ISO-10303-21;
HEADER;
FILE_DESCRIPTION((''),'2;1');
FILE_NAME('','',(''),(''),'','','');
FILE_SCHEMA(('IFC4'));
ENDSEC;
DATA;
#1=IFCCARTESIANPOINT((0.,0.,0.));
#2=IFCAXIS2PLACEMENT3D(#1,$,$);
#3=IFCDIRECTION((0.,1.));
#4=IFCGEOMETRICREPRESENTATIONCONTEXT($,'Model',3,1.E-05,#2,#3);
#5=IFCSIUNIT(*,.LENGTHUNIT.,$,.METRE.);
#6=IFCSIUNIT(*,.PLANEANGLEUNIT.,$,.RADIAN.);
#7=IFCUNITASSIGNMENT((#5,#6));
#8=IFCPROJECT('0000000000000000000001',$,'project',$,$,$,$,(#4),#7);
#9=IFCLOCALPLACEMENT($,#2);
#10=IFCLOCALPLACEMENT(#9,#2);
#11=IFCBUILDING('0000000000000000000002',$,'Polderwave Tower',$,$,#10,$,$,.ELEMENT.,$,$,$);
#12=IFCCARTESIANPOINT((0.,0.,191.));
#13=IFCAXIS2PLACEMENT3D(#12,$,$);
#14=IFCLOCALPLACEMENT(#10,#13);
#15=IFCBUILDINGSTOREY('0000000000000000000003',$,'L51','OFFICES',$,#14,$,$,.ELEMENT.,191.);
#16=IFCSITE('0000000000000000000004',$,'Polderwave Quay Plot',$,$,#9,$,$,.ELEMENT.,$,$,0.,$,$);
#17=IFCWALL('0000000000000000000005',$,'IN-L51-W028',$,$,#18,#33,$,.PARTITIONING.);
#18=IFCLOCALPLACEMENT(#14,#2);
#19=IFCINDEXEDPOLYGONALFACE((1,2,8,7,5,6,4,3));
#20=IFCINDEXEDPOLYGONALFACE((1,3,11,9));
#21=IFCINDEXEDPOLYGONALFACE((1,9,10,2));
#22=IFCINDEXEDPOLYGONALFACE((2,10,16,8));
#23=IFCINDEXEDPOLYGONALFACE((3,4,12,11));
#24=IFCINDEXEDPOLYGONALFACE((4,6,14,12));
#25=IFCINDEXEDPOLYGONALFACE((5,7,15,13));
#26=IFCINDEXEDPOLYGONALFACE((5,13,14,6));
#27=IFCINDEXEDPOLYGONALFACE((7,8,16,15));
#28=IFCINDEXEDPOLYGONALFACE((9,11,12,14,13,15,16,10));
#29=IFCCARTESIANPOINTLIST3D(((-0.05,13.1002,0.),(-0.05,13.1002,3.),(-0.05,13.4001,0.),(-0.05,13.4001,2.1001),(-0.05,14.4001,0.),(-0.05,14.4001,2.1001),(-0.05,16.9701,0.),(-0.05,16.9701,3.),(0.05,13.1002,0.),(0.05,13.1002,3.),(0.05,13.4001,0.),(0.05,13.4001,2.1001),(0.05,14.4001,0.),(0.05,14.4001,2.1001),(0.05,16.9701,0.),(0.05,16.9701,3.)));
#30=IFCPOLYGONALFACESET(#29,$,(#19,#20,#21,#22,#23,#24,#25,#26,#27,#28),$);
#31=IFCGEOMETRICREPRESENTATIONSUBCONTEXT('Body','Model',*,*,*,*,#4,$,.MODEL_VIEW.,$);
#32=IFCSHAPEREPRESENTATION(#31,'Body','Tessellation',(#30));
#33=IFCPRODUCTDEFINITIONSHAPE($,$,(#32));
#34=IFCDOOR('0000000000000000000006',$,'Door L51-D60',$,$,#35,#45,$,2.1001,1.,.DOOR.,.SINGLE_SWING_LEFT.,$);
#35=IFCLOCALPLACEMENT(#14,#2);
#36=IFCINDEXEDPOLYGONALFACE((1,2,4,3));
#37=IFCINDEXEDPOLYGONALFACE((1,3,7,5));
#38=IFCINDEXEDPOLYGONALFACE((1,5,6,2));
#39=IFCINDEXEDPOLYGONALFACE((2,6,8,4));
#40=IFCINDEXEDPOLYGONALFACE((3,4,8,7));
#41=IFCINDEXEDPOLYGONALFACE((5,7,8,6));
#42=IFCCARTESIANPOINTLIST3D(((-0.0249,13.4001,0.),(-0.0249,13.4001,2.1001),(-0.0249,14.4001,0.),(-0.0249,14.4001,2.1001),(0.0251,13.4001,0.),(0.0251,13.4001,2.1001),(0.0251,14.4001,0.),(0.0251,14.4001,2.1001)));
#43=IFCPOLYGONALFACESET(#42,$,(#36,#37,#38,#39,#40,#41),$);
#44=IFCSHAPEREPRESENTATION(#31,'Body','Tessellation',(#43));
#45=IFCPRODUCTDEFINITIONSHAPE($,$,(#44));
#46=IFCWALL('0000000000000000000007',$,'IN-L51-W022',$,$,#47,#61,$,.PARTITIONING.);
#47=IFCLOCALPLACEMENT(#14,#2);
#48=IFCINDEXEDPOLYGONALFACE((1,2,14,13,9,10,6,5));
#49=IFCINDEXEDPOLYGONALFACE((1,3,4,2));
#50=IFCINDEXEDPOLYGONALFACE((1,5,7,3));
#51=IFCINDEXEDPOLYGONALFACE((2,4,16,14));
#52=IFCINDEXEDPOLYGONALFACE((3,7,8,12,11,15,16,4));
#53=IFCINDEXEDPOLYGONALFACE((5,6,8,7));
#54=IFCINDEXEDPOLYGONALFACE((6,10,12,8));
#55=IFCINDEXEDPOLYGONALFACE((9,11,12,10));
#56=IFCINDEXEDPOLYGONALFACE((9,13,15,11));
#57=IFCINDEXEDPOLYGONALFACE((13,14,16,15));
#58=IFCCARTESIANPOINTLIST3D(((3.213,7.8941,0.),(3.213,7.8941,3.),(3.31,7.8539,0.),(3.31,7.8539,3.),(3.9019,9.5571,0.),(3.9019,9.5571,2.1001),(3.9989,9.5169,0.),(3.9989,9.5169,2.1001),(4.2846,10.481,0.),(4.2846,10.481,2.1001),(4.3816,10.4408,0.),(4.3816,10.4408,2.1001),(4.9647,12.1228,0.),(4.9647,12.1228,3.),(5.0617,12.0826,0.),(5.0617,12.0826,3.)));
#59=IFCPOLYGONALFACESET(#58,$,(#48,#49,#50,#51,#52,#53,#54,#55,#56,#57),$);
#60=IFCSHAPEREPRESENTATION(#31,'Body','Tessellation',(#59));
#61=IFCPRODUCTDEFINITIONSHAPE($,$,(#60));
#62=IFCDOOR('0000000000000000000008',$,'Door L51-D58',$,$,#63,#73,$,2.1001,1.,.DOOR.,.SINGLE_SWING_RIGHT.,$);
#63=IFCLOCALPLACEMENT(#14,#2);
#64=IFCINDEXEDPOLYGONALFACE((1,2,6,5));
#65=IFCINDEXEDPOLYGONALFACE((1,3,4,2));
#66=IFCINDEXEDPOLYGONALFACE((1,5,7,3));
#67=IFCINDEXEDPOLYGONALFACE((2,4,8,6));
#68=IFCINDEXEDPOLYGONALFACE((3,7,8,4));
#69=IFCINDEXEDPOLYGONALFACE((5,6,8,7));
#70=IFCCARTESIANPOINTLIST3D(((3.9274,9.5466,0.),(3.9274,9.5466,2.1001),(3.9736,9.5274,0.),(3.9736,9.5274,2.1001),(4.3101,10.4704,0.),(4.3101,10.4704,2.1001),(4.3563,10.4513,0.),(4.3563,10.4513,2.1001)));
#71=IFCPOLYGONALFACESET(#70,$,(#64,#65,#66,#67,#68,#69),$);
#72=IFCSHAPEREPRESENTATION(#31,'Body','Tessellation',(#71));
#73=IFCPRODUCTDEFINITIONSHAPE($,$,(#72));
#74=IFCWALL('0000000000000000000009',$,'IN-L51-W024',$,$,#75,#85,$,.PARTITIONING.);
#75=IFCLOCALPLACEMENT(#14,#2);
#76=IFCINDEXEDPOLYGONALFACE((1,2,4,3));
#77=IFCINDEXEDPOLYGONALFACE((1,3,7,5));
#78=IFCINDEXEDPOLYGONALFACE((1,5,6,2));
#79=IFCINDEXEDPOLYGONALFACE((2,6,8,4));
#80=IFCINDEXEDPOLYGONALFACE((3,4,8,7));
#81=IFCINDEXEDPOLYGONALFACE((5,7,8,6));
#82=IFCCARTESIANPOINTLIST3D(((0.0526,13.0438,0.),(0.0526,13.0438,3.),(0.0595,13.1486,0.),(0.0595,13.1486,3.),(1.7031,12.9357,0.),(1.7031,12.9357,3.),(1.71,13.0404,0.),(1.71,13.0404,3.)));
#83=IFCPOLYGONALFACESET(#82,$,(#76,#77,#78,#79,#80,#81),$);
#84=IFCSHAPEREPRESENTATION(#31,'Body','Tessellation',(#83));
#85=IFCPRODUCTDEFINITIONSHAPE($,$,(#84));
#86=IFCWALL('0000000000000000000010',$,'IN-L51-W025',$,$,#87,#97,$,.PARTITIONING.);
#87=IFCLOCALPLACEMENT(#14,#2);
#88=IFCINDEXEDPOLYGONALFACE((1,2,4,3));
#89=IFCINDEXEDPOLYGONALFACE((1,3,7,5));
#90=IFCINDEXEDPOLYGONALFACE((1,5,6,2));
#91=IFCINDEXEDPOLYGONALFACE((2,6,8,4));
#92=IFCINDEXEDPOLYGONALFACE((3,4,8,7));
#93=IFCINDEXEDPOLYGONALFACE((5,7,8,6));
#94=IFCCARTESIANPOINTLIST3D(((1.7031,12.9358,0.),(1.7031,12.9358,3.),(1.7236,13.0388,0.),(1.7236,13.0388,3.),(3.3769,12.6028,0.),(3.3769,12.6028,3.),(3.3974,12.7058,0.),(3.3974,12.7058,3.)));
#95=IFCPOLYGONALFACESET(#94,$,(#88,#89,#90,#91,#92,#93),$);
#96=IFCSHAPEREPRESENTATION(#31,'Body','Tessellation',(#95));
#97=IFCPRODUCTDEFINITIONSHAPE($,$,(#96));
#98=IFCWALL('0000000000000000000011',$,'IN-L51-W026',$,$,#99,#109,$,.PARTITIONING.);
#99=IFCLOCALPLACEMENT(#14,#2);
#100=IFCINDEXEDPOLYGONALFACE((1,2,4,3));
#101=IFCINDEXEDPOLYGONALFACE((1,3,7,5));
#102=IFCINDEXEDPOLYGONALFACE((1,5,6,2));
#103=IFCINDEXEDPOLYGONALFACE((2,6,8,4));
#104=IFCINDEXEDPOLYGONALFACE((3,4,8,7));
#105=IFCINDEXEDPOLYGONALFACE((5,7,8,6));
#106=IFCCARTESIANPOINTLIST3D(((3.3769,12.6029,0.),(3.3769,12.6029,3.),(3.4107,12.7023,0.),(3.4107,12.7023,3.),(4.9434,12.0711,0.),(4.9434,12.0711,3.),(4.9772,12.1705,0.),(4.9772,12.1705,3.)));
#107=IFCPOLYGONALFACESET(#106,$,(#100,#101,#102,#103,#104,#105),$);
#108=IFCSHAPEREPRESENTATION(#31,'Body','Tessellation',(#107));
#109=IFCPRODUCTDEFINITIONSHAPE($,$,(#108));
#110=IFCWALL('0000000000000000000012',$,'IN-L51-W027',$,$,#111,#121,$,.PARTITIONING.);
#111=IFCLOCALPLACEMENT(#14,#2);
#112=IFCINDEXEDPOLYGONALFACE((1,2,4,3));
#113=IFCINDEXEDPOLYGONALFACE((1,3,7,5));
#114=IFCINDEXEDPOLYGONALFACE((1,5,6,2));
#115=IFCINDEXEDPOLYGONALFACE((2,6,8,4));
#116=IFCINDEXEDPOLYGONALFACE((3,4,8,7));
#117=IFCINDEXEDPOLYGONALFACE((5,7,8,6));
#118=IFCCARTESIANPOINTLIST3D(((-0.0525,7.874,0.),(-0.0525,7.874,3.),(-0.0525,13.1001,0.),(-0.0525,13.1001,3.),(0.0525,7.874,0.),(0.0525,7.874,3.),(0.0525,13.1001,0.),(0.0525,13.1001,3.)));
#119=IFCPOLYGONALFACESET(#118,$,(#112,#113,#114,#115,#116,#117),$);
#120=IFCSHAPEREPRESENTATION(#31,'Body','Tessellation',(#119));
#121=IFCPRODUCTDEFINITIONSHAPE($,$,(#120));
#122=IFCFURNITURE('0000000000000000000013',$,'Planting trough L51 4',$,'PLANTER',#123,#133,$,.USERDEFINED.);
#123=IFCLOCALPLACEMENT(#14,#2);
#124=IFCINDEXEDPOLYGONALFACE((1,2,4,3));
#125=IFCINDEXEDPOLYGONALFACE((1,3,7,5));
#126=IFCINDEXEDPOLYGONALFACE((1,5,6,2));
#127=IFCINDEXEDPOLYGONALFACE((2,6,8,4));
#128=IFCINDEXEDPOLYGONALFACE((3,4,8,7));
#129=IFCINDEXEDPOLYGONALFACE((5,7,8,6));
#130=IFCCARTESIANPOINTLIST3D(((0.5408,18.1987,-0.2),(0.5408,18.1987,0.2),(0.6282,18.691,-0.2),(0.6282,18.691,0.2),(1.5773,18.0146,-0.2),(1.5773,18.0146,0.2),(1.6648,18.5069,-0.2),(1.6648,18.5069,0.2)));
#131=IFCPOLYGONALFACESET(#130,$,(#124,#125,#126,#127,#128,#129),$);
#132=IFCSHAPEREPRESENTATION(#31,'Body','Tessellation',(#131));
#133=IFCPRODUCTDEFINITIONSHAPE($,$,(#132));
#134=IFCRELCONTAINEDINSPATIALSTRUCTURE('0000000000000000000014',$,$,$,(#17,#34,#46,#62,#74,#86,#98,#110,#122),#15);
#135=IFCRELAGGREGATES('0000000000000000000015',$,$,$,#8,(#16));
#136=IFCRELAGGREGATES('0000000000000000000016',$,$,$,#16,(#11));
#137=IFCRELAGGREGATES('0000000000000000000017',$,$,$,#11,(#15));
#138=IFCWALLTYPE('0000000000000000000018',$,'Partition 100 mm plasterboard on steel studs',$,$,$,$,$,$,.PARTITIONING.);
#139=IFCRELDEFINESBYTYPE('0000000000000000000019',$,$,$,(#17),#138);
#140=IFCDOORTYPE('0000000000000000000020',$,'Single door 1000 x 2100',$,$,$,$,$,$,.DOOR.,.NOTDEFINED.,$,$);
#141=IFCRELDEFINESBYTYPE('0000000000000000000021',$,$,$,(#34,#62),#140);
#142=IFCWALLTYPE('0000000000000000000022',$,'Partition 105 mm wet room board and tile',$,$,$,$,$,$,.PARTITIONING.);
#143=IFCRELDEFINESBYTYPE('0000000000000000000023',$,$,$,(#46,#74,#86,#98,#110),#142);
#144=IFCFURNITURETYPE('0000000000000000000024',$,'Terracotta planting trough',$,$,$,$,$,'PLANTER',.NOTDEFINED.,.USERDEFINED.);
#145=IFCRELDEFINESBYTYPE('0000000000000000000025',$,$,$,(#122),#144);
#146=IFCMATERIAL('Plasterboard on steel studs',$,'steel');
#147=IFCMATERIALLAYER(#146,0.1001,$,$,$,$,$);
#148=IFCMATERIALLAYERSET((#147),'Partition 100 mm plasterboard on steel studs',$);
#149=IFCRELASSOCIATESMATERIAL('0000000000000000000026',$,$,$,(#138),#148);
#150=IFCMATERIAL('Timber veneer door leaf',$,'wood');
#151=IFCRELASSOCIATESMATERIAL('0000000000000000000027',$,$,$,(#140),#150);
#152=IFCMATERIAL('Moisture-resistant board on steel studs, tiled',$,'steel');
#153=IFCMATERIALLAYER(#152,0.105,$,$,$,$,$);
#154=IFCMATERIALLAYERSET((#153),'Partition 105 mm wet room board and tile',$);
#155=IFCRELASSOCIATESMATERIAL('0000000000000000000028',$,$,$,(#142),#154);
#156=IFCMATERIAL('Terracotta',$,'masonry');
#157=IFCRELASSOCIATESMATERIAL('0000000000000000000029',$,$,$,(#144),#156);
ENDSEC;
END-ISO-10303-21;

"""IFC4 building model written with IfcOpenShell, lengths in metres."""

from ifc_helpers import new_model, si_unit, direction, frame, frame_2d, origin, origin_2d, place, context, subcontext, project, spatial, rectangle, extrude, material, layer, layer_set, type_object, element, fill, save


model = new_model("IFC4")

# Units and contexts
model_context = context("Model", 3, precision=1e-05, world=origin(), true_north=direction((0.0, 1.0)))
body_context = subcontext(model_context, "Body", "Model", "MODEL_VIEW")
ifc_project = project(units=[si_unit("LENGTHUNIT", "METRE"), si_unit("PLANEANGLEUNIT", "RADIAN")], contexts=[model_context])

# Site, building, storey
site_placement = place(None, origin())
site = spatial("IfcSite", under=ifc_project, at=site_placement, Name="Polderwave Quay Plot", CompositionType="ELEMENT", RefElevation=0.0)
building_placement = place(site_placement, origin())
building = spatial("IfcBuilding", under=site, at=building_placement, Name="Polderwave Tower", CompositionType="ELEMENT")
storey_placement = place(building_placement, frame((0.0, 0.0, 191.0)))
storey = spatial("IfcBuildingStorey", under=building, at=storey_placement, Name="L51", Description="OFFICES", CompositionType="ELEMENT", Elevation=191.0)

# Walls, openings, doors
ifc_material_1 = material(Name="Plasterboard on steel studs", Category="steel")
ifc_layer_1 = layer(ifc_material_1, 0.1001)
ifc_layer_set_1 = layer_set([ifc_layer_1], Name="Partition 100 mm plasterboard on steel studs")
wall_type_1 = type_object("IfcWallType", Name="Partition 100 mm plasterboard on steel studs", PredefinedType="PARTITIONING", material=ifc_layer_set_1)
ifc_material_2 = material(Name="Timber veneer door leaf", Category="wood")
door_type = type_object("IfcDoorType", Name="Single door 1000 x 2100", OperationType="NOTDEFINED", PredefinedType="DOOR", material=ifc_material_2)
wall_1_placement = place(storey_placement, frame((0.0, 13.1001, 0.0), z_axis=(0.0, 0.0, 1.0), x_axis=(0.0, 1.0, 0.0)))
wall_1 = element("IfcWall", 1, at=wall_1_placement, inside=storey, type_object=wall_type_1, Name="IN-L51-W028", PredefinedType="PARTITIONING", context=body_context, shape_type="SweptSolid", body=[
    extrude(rectangle(XDim=3.8699, YDim=0.1001, at=frame_2d((1.9351, 0.0))), origin(), (0.0, 0.0, 1.0), 3.0),
])
opening_1_placement = place(wall_1_placement, frame((0.3, 0.0, 0.0)))
opening_1 = element("IfcOpeningElement", 2, at=opening_1_placement, cuts=wall_1, PredefinedType="OPENING", context=body_context, shape_type="SweptSolid", body=[
    extrude(rectangle(XDim=1.0, YDim=2.1001, at=frame_2d((0.5, 1.05))), frame((0.0, 0.0601, 0.0), z_axis=(0.0, -1.0, 0.0), x_axis=(1.0, 0.0, 0.0)), (0.0, 0.0, 1.0), 0.1201),
])
door_1_placement = place(opening_1_placement, origin())
door_1 = element("IfcDoor", 3, at=door_1_placement, inside=storey, type_object=door_type, Name="Door L51-D60", OperationType="SINGLE_SWING_LEFT", OverallHeight=2.1001, OverallWidth=1.0, PredefinedType="DOOR", context=body_context, shape_type="SweptSolid", body=[
    extrude(rectangle(XDim=1.0, YDim=2.1001, at=frame_2d((0.5, 1.05))), frame((0.0, 0.0249, 0.0), z_axis=(0.0, -1.0, 0.0), x_axis=(1.0, 0.0, 0.0)), (0.0, 0.0, 1.0), 0.05),
])
fill(opening_1, door_1)
ifc_material_3 = material(Name="Moisture-resistant board on steel studs, tiled", Category="steel")
ifc_layer_2 = layer(ifc_material_3, 0.105)
ifc_layer_set_2 = layer_set([ifc_layer_2], Name="Partition 105 mm wet room board and tile")
wall_type_2 = type_object("IfcWallType", Name="Partition 105 mm wet room board and tile", PredefinedType="PARTITIONING", material=ifc_layer_set_2)
wall_2_placement = place(storey_placement, frame((3.2615, 7.874, 0.0), z_axis=(0.0, 0.0, 1.0), x_axis=(0.382702, 0.923872, 0.0)))
wall_2 = element("IfcWall", 4, at=wall_2_placement, inside=storey, type_object=wall_type_2, Name="IN-L51-W022", PredefinedType="PARTITIONING", context=body_context, shape_type="SweptSolid", body=[
    extrude(rectangle(XDim=4.5771, YDim=0.105, at=frame_2d((2.2886, 0.0))), origin(), (0.0, 0.0, 1.0), 3.0),
])
opening_2_placement = place(wall_2_placement, frame((1.8, 0.0, 0.0)))
opening_2 = element("IfcOpeningElement", 5, at=opening_2_placement, cuts=wall_2, PredefinedType="OPENING", context=body_context, shape_type="SweptSolid", body=[
    extrude(rectangle(XDim=1.0, YDim=2.1001, at=frame_2d((0.5, 1.05))), frame((0.0, 0.0625, 0.0), z_axis=(0.0, -1.0, 0.0), x_axis=(1.0, 0.0, 0.0)), (0.0, 0.0, 1.0), 0.125),
])
door_2_placement = place(opening_2_placement, origin())
door_2 = element("IfcDoor", 6, at=door_2_placement, inside=storey, type_object=door_type, Name="Door L51-D58", OperationType="SINGLE_SWING_RIGHT", OverallHeight=2.1001, OverallWidth=1.0, PredefinedType="DOOR", context=body_context, shape_type="SweptSolid", body=[
    extrude(rectangle(XDim=1.0, YDim=2.1001, at=frame_2d((0.5, 1.05))), frame((0.0, 0.0249, 0.0), z_axis=(0.0, -1.0, 0.0), x_axis=(1.0, 0.0, 0.0)), (0.0, 0.0, 1.0), 0.05),
])
fill(opening_2, door_2)

# Walls
wall_3_placement = place(storey_placement, frame((0.0559, 13.0962, 0.0), z_axis=(0.0, 0.0, 1.0), x_axis=(0.99786, -0.065383, 0.0)))
element("IfcWall", 7, at=wall_3_placement, inside=storey, type_object=wall_type_2, Name="IN-L51-W024", PredefinedType="PARTITIONING", context=body_context, shape_type="SweptSolid", body=[
    extrude(rectangle(XDim=1.6541, YDim=0.105, at=frame_2d((0.8271, 0.0))), origin(), (0.0, 0.0, 1.0), 3.0),
])
wall_4_placement = place(storey_placement, frame((1.7134, 12.9873, 0.0), z_axis=(0.0, 0.0, 1.0), x_axis=(0.980778, -0.195126, 0.0)))
element("IfcWall", 8, at=wall_4_placement, inside=storey, type_object=wall_type_2, Name="IN-L51-W025", PredefinedType="PARTITIONING", context=body_context, shape_type="SweptSolid", body=[
    extrude(rectangle(XDim=1.7065, YDim=0.105, at=frame_2d((0.8533, 0.0))), origin(), (0.0, 0.0, 1.0), 3.0),
])
wall_5_placement = place(storey_placement, frame((3.3938, 12.6526, 0.0), z_axis=(0.0, 0.0, 1.0), x_axis=(0.946927, -0.321448, 0.0)))
element("IfcWall", 9, at=wall_5_placement, inside=storey, type_object=wall_type_2, Name="IN-L51-W026", PredefinedType="PARTITIONING", context=body_context, shape_type="SweptSolid", body=[
    extrude(rectangle(XDim=1.6543, YDim=0.105, at=frame_2d((0.8271, 0.0))), origin(), (0.0, 0.0, 1.0), 3.0),
])
wall_6_placement = place(storey_placement, frame((0.0, 7.874, 0.0), z_axis=(0.0, 0.0, 1.0), x_axis=(0.0, 1.0, 0.0)))
element("IfcWall", 10, at=wall_6_placement, inside=storey, type_object=wall_type_2, Name="IN-L51-W027", PredefinedType="PARTITIONING", context=body_context, shape_type="SweptSolid", body=[
    extrude(rectangle(XDim=5.2261, YDim=0.105, at=frame_2d((2.613, 0.0))), origin(), (0.0, 0.0, 1.0), 3.0),
])

# Furniture
ifc_material_4 = material(Name="Terracotta", Category="masonry")
furniture_type = type_object("IfcFurnitureType", Name="Terracotta planting trough", ElementType="PLANTER", AssemblyPlace="NOTDEFINED", PredefinedType="USERDEFINED", material=ifc_material_4)
furniture_placement = place(storey_placement, frame((1.1028, 18.3528, -0.2), z_axis=(0.0, 0.0, 1.0), x_axis=(-0.984591, 0.174872, 0.0)))
element("IfcFurniture", 11, at=furniture_placement, inside=storey, type_object=furniture_type, Name="Planting trough L51 4", ObjectType="PLANTER", PredefinedType="USERDEFINED", context=body_context, shape_type="SweptSolid", body=[
    extrude(rectangle(XDim=1.0527, YDim=0.5, at=origin_2d()), origin(), (0.0, 0.0, 1.0), 0.3999),
])

save(model, "model.ifc")
